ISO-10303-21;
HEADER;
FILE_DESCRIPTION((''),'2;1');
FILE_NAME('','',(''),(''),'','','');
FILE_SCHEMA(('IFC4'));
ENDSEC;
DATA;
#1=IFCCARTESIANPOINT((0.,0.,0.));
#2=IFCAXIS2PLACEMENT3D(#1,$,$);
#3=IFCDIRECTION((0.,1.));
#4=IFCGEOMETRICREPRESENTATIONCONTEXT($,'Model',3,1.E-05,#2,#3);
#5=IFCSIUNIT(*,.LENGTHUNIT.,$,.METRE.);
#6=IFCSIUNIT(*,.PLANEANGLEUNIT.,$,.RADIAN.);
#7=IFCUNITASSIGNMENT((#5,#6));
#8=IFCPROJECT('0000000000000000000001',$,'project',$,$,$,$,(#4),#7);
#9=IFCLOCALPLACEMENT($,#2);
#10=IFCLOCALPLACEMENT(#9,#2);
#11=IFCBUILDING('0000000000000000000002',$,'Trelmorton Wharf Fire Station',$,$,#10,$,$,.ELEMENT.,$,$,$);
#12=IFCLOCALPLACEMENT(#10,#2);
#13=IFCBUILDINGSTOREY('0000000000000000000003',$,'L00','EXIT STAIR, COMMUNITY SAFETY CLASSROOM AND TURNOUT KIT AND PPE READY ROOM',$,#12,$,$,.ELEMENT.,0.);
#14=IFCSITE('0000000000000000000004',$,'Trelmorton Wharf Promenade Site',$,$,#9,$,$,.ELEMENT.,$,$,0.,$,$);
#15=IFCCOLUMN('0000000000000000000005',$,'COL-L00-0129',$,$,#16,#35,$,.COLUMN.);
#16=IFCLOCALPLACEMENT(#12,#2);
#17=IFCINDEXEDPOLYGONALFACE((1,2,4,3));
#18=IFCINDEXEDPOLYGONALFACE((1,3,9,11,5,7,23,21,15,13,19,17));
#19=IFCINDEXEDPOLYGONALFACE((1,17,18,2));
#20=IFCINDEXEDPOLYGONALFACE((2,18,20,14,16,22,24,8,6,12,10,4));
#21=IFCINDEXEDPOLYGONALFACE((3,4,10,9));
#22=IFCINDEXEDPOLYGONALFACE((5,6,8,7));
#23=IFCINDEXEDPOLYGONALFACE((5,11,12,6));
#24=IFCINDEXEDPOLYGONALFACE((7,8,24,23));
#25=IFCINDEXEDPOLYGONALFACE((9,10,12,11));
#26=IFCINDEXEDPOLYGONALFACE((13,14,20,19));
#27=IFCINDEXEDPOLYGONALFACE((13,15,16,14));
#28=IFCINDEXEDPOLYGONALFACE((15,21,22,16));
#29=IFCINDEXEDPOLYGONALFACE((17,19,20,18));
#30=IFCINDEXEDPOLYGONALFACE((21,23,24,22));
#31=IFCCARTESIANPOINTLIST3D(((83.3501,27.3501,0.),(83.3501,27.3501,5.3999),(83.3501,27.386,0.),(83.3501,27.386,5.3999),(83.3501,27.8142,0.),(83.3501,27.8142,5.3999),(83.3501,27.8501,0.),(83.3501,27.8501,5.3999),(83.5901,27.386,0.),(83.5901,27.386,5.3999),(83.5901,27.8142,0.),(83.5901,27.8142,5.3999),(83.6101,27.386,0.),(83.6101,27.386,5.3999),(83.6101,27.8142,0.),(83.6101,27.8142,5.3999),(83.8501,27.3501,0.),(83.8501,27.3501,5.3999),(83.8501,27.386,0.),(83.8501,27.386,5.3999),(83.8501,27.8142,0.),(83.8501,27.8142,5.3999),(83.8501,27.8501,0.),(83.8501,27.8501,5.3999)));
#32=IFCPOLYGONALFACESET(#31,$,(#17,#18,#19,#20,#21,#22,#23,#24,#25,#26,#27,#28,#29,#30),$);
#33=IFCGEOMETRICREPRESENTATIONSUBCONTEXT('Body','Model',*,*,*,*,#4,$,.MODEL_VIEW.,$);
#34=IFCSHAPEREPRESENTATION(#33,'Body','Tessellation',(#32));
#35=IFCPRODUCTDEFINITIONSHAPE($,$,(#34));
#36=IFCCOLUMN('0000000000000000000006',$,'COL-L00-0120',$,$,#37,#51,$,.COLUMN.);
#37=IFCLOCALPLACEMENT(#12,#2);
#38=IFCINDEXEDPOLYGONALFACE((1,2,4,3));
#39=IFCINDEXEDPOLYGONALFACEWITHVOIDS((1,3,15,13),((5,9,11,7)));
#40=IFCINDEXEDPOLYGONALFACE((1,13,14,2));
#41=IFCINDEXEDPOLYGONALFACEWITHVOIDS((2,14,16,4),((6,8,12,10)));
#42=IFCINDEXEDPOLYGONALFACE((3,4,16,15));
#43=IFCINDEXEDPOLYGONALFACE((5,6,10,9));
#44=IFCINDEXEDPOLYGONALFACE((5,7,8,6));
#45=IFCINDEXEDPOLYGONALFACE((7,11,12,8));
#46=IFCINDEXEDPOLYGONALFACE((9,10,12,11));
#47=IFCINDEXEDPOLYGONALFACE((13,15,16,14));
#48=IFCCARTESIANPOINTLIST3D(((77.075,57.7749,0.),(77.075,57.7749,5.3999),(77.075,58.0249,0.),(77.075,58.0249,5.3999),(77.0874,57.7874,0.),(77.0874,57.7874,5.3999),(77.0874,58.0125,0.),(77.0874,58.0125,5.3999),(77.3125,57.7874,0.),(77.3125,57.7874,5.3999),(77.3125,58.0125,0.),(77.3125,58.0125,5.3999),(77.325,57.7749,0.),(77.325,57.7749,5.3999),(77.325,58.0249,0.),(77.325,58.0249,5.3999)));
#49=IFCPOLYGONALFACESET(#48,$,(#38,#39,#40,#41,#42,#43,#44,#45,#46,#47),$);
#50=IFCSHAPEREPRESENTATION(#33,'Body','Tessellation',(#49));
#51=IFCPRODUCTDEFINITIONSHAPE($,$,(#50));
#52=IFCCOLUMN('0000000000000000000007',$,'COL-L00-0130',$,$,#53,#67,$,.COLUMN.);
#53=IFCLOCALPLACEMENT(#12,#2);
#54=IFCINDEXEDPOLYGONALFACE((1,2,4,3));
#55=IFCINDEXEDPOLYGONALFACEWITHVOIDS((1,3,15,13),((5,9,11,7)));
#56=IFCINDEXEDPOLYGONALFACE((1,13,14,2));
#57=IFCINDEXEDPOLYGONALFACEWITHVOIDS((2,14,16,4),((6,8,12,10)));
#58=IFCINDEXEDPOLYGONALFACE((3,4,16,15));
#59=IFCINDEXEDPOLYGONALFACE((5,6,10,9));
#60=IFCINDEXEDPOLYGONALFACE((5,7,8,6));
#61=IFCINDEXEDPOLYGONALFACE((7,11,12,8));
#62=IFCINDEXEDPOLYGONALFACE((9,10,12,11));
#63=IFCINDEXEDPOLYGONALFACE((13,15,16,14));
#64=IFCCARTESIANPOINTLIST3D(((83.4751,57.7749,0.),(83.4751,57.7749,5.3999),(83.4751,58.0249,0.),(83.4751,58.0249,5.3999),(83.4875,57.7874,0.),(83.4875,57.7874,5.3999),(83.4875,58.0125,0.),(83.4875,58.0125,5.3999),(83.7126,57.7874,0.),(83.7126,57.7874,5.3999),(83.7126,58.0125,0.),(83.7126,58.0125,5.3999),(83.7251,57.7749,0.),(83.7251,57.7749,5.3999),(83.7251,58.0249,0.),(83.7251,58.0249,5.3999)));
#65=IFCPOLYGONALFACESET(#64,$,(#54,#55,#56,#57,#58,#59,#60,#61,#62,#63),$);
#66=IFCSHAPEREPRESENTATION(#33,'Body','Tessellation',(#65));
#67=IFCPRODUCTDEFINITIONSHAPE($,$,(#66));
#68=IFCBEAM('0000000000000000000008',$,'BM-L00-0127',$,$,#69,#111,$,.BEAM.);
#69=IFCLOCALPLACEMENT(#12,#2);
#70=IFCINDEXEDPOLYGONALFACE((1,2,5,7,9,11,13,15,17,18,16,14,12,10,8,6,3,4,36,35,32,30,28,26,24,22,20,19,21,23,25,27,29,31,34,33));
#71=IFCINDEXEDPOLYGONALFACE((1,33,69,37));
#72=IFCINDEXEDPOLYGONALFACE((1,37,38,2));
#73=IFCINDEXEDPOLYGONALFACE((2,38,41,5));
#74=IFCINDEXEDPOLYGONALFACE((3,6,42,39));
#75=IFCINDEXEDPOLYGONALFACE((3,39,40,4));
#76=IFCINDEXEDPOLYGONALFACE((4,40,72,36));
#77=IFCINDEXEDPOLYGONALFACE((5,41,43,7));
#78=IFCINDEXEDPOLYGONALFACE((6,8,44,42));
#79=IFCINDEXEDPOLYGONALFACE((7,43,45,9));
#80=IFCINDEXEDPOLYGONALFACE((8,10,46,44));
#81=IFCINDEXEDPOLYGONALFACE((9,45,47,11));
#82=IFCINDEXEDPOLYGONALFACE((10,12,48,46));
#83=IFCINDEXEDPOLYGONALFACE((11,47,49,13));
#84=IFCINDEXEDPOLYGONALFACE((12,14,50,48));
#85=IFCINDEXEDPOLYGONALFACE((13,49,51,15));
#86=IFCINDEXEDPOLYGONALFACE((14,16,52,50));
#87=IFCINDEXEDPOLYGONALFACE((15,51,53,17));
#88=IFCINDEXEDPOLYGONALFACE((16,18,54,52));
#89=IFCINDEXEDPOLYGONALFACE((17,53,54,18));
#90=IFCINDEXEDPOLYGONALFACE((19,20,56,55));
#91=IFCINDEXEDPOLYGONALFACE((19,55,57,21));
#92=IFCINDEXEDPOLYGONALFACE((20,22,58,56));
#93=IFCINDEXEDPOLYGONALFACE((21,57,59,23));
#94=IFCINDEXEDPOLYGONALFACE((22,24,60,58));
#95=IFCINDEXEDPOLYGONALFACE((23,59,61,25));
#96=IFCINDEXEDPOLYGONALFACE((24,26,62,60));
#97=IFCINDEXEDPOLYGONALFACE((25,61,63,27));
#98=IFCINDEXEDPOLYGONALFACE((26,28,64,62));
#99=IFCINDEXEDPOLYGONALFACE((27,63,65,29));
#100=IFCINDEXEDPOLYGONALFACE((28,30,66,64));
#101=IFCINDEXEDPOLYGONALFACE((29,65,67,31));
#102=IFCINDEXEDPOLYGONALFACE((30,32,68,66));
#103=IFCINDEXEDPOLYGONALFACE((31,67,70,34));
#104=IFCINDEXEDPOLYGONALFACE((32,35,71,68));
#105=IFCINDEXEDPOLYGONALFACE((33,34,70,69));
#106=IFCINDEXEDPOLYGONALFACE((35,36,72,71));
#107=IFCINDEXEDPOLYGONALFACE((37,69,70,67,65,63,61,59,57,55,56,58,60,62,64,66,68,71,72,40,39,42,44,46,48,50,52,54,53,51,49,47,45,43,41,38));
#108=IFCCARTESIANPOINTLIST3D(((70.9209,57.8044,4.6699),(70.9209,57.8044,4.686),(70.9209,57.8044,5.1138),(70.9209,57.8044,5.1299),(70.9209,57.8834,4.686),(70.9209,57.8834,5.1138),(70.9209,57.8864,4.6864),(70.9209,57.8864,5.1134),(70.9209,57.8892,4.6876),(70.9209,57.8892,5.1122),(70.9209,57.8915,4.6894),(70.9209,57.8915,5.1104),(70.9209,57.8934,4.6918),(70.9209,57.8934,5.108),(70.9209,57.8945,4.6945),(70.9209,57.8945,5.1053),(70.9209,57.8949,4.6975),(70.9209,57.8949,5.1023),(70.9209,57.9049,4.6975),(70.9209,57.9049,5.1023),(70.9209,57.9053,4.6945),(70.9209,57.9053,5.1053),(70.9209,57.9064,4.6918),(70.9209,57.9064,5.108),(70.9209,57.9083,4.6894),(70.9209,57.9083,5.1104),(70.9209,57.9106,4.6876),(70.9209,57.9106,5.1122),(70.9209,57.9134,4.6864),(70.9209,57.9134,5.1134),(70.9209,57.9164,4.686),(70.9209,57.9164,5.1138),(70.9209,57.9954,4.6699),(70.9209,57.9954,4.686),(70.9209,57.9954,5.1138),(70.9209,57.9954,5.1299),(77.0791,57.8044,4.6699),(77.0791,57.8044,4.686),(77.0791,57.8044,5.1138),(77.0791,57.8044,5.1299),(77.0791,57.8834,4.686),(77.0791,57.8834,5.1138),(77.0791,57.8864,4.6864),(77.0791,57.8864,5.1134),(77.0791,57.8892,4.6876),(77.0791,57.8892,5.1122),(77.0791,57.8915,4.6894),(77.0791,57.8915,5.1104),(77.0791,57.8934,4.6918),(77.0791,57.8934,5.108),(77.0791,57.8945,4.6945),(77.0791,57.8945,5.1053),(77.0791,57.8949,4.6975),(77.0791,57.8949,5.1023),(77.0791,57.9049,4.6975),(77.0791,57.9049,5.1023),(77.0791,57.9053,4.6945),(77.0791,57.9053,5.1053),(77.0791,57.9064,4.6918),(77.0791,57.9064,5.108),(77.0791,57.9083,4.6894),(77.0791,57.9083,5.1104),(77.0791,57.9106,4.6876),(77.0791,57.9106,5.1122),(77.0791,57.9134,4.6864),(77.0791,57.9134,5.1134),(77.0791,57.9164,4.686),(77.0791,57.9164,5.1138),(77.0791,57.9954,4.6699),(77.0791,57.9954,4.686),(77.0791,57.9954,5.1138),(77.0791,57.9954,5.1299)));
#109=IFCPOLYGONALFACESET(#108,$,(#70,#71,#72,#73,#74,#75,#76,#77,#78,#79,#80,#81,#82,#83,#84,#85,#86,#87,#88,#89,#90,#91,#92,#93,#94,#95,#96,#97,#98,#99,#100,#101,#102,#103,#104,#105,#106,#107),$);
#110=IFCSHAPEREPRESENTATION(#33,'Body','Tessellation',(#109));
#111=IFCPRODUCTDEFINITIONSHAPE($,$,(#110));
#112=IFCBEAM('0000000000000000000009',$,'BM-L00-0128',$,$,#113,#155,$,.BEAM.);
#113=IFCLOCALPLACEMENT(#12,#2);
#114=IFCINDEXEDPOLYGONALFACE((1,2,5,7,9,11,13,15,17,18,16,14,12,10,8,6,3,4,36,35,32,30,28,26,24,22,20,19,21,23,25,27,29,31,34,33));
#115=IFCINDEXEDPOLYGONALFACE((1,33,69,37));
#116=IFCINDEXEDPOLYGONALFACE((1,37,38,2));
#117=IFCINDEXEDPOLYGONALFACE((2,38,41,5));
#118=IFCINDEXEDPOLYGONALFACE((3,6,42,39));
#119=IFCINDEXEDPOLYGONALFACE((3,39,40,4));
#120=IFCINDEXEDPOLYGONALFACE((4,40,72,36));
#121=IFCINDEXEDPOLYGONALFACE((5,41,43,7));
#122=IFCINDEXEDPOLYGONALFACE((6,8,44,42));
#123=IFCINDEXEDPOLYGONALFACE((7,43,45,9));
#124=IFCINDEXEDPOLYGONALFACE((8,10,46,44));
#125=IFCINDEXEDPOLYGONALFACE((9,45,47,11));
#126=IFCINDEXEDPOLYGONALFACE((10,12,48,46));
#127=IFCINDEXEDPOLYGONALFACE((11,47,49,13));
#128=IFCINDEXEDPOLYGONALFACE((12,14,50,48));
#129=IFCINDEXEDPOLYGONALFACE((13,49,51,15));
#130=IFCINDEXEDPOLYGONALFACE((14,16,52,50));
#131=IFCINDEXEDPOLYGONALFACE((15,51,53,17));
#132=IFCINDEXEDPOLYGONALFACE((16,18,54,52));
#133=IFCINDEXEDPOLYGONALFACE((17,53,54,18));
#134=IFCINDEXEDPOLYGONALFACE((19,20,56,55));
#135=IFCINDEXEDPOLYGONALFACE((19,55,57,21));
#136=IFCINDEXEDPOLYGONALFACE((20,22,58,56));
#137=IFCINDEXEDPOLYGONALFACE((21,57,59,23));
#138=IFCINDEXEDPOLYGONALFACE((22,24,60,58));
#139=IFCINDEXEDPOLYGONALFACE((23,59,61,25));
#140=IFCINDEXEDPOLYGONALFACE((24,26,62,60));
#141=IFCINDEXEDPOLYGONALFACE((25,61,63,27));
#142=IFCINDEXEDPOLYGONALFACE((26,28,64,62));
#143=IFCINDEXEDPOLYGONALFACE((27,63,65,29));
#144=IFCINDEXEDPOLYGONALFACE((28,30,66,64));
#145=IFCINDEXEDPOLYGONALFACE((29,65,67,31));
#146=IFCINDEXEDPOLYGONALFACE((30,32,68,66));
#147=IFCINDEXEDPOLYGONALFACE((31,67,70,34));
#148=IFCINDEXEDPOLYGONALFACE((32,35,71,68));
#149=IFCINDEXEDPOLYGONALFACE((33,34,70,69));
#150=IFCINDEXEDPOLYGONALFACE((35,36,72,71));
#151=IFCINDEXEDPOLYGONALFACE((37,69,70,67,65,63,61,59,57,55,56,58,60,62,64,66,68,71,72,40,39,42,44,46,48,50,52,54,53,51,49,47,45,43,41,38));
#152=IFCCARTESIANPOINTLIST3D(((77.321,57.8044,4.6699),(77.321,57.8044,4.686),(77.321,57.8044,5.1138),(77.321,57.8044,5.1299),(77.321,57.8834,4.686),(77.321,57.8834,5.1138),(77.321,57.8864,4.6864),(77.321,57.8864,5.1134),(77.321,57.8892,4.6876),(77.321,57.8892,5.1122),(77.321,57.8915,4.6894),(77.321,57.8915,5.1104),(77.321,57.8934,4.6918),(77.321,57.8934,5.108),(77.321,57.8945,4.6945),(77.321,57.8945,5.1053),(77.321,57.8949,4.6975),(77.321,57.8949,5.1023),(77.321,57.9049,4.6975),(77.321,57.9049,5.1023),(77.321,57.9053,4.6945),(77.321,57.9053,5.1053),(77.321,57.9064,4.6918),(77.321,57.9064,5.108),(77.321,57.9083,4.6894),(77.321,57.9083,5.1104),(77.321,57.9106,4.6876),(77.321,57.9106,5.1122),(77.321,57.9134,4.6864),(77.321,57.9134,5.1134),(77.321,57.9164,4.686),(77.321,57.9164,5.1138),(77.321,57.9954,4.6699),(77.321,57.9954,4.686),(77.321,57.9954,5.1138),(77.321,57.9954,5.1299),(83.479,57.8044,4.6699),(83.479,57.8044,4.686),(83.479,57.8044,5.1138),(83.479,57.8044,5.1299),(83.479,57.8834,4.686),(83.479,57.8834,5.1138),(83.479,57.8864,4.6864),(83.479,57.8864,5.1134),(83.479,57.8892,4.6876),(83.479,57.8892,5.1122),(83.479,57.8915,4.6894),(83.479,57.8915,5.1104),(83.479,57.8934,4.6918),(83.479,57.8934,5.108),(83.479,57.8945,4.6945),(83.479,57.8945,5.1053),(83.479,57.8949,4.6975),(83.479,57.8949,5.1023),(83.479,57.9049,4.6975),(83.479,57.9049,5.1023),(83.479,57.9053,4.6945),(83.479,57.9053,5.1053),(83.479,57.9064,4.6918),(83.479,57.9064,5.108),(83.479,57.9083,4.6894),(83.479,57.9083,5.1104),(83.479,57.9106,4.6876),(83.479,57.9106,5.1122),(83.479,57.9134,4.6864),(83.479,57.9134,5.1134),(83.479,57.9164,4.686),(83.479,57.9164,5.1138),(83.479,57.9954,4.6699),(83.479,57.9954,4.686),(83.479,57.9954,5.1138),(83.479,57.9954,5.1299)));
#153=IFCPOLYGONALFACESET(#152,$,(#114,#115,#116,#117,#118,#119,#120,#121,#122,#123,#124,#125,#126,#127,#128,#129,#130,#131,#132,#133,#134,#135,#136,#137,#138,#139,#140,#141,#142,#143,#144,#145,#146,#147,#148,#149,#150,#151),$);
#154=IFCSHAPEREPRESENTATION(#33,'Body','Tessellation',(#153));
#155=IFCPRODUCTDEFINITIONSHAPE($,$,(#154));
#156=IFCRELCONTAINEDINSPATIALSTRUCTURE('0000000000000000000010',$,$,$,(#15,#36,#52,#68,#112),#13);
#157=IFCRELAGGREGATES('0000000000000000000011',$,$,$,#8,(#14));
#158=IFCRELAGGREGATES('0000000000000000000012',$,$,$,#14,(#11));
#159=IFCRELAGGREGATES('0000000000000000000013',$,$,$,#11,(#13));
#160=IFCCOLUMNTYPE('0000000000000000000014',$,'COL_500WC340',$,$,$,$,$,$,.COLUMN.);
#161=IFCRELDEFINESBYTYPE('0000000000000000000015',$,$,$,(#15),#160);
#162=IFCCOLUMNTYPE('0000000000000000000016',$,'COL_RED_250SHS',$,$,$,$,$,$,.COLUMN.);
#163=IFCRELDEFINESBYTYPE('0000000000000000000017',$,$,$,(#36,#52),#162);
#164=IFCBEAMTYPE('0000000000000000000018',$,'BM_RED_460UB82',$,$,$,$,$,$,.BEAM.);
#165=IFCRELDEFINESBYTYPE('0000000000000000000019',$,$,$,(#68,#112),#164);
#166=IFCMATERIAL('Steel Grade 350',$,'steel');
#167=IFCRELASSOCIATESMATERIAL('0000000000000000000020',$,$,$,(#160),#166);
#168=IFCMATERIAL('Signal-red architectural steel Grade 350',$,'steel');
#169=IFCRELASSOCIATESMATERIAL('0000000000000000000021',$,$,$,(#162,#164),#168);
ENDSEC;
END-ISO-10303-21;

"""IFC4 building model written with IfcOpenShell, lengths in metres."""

from ifc_helpers import new_model, si_unit, direction, frame, origin, origin_2d, place, context, subcontext, project, spatial, hollow_rectangle, i_section, extrude, material, material_profile, profile_set, type_object, element, save


model = new_model("IFC4")

# Units and contexts
model_context = context("Model", 3, precision=1e-05, world=origin(), true_north=direction((0.0, 1.0)))
body_context = subcontext(model_context, "Body", "Model", "MODEL_VIEW")
ifc_project = project(units=[si_unit("LENGTHUNIT", "METRE"), si_unit("PLANEANGLEUNIT", "RADIAN")], contexts=[model_context])

# Site, building, storey
site_placement = place(None, origin())
site = spatial("IfcSite", under=ifc_project, at=site_placement, Name="Trelmorton Wharf Promenade Site", CompositionType="ELEMENT", RefElevation=0.0)
building_placement = place(site_placement, origin())
building = spatial("IfcBuilding", under=site, at=building_placement, Name="Trelmorton Wharf Fire Station", CompositionType="ELEMENT")
storey_placement = place(building_placement, origin())
storey = spatial("IfcBuildingStorey", under=building, at=storey_placement, Name="L00", Description="EXIT STAIR, COMMUNITY SAFETY CLASSROOM AND TURNOUT KIT AND PPE READY ROOM", CompositionType="ELEMENT", Elevation=0.0)

# Columns
ifc_material_1 = material(Name="Steel Grade 350", Category="steel")
ifc_material_profile_1 = material_profile(ifc_material_1, i_section(OverallWidth=0.5, OverallDepth=0.5, WebThickness=0.02, FlangeThickness=0.0359, at=origin_2d()), Name="500WC340")
ifc_profile_set_1 = profile_set([ifc_material_profile_1], Name="Steel Grade 350")
column_type_1 = type_object("IfcColumnType", Name="COL_500WC340", PredefinedType="COLUMN", material=ifc_profile_set_1)
column_1_placement = place(storey_placement, frame((83.6001, 27.6001, 0.0), z_axis=(0.0, 0.0, 1.0), x_axis=(1.0, 0.0, 0.0)))
element("IfcColumn", 1, at=column_1_placement, inside=storey, type_object=column_type_1, Name="COL-L00-0129", PredefinedType="COLUMN", context=body_context, shape_type="SweptSolid", body=[
    extrude(i_section(OverallWidth=0.5, OverallDepth=0.5, WebThickness=0.02, FlangeThickness=0.0359, at=origin_2d()), origin(), (0.0, 0.0, 1.0), 5.3999),
])
ifc_material_2 = material(Name="Signal-red architectural steel Grade 350", Category="steel")
ifc_material_profile_2 = material_profile(ifc_material_2, hollow_rectangle(XDim=0.25, YDim=0.25, WallThickness=0.0125, at=origin_2d()), Name="250x250x12.5SHS")
ifc_profile_set_2 = profile_set([ifc_material_profile_2], Name="Signal-red architectural steel Grade 350")
column_type_2 = type_object("IfcColumnType", Name="COL_RED_250SHS", PredefinedType="COLUMN", material=ifc_profile_set_2)
for number, where, z_axis, x_axis, name in (
    (2, (77.2, 57.8999, 0.0), (0.0, 0.0, 1.0), (1.0, 0.0, 0.0), "COL-L00-0120"),
    (3, (83.6001, 57.8999, 0.0), (0.0, 0.0, 1.0), (1.0, 0.0, 0.0), "COL-L00-0130"),
):
    element("IfcColumn", number, at=place(storey_placement, frame(where, z_axis=z_axis, x_axis=x_axis)), inside=storey, type_object=column_type_2, Name=name, PredefinedType="COLUMN", context=body_context, shape_type="SweptSolid", body=[
        extrude(hollow_rectangle(XDim=0.25, YDim=0.25, WallThickness=0.0125, at=origin_2d()), origin(), (0.0, 0.0, 1.0), 5.3999),
    ])

# Beams
ifc_material_profile_3 = material_profile(ifc_material_2, i_section(OverallWidth=0.1909, OverallDepth=0.46, WebThickness=0.01, FlangeThickness=0.0161, FilletRadius=0.0115, at=origin_2d()), Name="460UB82.1")
ifc_profile_set_3 = profile_set([ifc_material_profile_3], Name="Signal-red architectural steel Grade 350")
beam_type_1 = type_object("IfcBeamType", Name="BM_RED_460UB82", PredefinedType="BEAM", material=ifc_profile_set_3)
beam_1_placement = place(storey_placement, frame((70.9209, 57.8999, 4.8999), z_axis=(1.0, 0.0, 0.0), x_axis=(0.0, 1.0, 0.0)))
element("IfcBeam", 4, at=beam_1_placement, inside=storey, type_object=beam_type_1, Name="BM-L00-0127", PredefinedType="BEAM", context=body_context, shape_type="SweptSolid", body=[
    extrude(i_section(OverallWidth=0.1909, OverallDepth=0.46, WebThickness=0.01, FlangeThickness=0.0161, FilletRadius=0.0115, at=origin_2d()), origin(), (0.0, 0.0, 1.0), 6.1582),
])
beam_2_placement = place(storey_placement, frame((77.321, 57.8999, 4.8999), z_axis=(1.0, 0.0, 0.0), x_axis=(0.0, 1.0, 0.0)))
element("IfcBeam", 5, at=beam_2_placement, inside=storey, type_object=beam_type_1, Name="BM-L00-0128", PredefinedType="BEAM", context=body_context, shape_type="SweptSolid", body=[
    extrude(i_section(OverallWidth=0.1909, OverallDepth=0.46, WebThickness=0.01, FlangeThickness=0.0161, FilletRadius=0.0115, at=origin_2d()), origin(), (0.0, 0.0, 1.0), 6.158),
])

save(model, "model.ifc")
